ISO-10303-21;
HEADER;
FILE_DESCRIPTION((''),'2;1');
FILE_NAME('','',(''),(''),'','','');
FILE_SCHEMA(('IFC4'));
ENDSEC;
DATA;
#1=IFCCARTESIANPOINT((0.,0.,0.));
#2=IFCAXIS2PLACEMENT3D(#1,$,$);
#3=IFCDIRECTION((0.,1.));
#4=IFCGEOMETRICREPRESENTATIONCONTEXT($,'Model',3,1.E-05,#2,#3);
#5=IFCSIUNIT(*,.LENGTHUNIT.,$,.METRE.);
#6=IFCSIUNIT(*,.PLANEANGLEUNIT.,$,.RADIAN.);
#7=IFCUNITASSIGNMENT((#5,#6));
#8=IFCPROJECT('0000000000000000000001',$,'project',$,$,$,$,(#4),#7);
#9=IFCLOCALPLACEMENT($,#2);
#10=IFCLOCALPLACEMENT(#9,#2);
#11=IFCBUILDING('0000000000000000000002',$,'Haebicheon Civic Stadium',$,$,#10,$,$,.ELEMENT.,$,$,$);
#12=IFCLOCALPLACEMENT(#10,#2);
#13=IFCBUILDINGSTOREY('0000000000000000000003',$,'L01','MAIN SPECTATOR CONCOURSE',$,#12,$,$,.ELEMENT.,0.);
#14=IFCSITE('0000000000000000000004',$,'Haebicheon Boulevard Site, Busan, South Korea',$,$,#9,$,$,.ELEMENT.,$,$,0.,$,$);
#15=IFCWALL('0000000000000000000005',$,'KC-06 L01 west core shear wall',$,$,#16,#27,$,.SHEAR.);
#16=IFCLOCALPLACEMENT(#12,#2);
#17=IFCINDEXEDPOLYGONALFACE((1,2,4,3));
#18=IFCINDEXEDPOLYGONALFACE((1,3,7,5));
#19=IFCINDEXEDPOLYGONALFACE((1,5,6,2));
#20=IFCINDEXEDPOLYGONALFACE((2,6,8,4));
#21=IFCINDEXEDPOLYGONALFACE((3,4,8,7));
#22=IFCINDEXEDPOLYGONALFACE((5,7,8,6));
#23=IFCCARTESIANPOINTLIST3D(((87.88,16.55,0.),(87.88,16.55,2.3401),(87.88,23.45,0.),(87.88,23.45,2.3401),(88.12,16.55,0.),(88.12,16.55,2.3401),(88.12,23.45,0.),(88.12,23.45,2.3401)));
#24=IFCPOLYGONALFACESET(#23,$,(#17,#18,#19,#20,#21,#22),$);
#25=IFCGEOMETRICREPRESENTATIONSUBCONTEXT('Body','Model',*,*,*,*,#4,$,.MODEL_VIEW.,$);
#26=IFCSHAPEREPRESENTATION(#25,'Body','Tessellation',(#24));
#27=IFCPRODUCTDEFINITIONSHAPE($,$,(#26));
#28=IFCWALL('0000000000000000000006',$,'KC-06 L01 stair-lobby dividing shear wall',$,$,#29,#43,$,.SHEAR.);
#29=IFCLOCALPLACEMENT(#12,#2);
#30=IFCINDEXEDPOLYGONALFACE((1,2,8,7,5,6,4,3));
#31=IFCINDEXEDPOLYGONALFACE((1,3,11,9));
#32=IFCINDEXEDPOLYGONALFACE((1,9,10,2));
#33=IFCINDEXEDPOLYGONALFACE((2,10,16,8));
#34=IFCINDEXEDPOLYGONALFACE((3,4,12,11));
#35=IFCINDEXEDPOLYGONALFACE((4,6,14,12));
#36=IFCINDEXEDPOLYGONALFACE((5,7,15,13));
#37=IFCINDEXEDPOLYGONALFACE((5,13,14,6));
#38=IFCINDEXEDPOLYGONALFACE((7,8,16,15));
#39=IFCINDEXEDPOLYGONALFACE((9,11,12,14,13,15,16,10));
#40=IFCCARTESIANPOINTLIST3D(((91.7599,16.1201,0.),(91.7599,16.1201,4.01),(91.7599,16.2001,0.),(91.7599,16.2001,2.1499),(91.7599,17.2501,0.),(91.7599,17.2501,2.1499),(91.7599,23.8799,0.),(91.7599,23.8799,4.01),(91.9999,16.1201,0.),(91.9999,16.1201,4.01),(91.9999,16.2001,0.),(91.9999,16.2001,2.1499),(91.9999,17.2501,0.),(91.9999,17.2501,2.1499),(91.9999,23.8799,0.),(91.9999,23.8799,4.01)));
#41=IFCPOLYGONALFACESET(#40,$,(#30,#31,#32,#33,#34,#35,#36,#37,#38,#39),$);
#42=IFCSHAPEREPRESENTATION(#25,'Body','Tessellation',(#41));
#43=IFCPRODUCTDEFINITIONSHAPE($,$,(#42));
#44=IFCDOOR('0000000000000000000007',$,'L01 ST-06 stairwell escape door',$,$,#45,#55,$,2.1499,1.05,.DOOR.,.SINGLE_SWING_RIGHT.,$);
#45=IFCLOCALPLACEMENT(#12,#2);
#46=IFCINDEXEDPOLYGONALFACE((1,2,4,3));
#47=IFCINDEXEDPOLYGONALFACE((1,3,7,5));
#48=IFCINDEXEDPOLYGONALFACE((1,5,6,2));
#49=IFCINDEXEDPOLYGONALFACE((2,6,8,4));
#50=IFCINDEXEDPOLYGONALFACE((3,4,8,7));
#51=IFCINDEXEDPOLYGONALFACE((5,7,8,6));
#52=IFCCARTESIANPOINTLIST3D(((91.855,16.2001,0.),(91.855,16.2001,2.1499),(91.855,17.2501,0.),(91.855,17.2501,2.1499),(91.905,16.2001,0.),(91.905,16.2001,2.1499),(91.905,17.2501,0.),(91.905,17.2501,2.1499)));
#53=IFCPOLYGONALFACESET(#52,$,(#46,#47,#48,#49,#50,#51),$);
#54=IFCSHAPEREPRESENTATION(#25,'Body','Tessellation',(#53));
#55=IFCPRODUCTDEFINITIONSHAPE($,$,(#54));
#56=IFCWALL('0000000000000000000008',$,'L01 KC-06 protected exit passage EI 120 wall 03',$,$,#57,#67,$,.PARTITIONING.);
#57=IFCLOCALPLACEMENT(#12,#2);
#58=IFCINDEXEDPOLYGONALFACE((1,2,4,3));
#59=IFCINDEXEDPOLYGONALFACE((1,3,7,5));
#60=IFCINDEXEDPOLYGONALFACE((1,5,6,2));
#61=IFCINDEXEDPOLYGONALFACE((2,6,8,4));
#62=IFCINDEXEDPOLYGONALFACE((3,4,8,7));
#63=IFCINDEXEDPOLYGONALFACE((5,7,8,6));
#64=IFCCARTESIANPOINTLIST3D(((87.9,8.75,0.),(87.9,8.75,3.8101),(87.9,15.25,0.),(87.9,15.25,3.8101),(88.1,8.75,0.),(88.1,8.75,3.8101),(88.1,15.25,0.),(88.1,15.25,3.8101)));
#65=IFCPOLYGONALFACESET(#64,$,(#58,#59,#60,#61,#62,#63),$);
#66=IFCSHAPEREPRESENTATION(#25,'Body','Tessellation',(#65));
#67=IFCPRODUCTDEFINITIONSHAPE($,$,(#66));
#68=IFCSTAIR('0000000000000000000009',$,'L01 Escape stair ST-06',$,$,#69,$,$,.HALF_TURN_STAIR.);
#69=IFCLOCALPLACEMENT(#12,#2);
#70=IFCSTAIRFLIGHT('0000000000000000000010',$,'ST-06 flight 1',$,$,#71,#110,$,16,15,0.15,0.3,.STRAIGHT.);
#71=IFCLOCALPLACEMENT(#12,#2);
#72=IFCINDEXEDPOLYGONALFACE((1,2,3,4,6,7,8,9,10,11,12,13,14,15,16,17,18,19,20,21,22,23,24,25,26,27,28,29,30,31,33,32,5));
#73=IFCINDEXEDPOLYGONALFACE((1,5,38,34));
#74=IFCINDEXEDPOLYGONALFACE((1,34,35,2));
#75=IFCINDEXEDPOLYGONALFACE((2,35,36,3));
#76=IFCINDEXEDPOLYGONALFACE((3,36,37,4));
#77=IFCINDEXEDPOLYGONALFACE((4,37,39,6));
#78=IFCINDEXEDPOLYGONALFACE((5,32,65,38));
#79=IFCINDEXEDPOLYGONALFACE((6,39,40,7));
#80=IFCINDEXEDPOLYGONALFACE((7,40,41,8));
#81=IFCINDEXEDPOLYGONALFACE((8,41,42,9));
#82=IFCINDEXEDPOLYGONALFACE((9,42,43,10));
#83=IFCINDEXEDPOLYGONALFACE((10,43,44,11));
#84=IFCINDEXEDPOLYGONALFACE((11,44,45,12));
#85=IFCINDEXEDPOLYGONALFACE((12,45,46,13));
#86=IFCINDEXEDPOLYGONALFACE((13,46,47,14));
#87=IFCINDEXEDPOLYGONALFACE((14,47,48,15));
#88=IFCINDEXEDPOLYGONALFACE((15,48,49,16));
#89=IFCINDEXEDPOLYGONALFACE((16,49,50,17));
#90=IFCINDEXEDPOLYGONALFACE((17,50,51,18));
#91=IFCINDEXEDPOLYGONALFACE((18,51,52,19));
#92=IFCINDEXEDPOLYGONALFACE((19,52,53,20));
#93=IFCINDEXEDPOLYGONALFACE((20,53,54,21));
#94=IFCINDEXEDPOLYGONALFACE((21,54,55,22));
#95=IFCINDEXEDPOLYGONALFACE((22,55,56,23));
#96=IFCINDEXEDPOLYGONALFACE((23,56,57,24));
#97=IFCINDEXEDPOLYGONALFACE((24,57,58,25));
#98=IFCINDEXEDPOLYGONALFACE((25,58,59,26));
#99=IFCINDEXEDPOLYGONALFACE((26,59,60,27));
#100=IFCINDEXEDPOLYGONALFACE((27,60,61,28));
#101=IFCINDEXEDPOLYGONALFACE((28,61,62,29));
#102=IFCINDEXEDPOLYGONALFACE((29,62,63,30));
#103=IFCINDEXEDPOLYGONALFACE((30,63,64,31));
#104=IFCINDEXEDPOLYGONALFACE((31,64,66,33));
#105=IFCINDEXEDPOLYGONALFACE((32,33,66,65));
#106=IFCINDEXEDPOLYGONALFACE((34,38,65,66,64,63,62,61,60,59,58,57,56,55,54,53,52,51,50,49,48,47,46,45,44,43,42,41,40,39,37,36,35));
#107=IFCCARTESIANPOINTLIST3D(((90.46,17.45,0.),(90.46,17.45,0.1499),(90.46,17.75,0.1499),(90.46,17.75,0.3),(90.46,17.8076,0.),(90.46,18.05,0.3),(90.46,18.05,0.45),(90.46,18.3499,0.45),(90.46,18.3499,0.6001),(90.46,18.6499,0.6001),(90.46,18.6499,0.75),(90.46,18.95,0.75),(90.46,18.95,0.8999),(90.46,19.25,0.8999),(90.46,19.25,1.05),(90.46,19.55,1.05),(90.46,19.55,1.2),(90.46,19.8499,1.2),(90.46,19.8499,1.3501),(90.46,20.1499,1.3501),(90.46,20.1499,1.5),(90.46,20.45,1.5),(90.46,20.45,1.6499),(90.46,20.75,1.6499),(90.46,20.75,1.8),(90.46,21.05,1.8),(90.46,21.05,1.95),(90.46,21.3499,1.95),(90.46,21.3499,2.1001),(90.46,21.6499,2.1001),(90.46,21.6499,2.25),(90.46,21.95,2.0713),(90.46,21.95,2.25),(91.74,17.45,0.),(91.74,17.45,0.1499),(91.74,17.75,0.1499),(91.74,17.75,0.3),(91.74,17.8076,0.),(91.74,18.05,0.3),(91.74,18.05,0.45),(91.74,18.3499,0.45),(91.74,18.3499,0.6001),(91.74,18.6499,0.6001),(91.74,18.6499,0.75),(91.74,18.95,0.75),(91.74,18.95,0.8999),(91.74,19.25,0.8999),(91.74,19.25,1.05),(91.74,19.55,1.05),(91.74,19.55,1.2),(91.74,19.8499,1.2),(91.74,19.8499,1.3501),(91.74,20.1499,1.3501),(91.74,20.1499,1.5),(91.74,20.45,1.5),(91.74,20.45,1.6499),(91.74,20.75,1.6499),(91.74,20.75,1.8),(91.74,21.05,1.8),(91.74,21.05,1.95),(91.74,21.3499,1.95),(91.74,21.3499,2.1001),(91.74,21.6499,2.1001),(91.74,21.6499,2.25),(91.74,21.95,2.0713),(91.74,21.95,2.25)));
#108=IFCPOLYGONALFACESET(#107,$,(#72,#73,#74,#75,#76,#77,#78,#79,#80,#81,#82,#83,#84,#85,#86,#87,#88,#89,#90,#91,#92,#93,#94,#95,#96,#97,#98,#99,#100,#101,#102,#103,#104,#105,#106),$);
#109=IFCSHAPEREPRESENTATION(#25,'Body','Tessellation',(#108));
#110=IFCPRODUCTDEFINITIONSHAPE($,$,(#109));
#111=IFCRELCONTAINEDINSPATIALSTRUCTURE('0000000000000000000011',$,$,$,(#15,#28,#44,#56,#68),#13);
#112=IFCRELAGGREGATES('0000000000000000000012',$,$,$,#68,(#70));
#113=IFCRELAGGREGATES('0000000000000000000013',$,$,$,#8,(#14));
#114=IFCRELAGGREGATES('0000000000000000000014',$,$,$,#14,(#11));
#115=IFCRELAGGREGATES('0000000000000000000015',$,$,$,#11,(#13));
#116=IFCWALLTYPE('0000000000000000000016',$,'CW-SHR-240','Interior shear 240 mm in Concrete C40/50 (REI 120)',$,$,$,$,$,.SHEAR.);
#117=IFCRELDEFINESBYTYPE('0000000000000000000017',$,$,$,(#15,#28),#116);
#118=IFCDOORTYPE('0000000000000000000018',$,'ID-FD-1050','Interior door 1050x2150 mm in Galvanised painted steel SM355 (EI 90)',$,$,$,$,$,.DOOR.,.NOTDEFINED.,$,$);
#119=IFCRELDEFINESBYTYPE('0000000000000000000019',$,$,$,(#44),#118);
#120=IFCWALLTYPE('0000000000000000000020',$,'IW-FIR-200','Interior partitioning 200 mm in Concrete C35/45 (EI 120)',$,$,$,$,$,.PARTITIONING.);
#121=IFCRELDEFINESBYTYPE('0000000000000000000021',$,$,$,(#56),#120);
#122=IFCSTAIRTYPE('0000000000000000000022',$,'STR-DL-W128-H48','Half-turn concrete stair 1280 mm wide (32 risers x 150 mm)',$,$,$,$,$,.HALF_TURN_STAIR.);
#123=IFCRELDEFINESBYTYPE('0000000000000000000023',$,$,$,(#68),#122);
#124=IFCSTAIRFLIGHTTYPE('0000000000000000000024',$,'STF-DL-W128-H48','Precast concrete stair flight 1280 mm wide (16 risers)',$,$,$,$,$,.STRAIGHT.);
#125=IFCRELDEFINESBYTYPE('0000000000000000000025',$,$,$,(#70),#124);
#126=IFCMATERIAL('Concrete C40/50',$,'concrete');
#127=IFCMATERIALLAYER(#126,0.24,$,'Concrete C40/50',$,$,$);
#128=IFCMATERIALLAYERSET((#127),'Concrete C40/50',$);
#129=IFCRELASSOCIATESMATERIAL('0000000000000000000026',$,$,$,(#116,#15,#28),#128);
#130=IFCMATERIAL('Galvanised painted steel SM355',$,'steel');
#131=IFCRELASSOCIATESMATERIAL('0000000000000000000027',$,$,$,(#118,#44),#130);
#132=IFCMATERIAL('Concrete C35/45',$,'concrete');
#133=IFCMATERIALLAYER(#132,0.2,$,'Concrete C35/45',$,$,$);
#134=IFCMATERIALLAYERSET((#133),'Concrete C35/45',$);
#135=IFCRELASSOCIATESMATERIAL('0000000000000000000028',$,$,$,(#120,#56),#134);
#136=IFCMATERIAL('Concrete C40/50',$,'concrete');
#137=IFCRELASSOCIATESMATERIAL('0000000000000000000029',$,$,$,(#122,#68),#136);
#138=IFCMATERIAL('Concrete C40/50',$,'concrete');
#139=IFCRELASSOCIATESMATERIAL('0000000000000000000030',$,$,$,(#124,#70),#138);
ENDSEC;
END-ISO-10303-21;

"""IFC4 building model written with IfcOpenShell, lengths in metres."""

from ifc_helpers import new_model, si_unit, direction, frame, frame_2d, origin, place, context, subcontext, project, spatial, polyline, rectangle, outline, extrude, material, layer, layer_set, type_object, element, fill, aggregate, save


model = new_model("IFC4")

# Units and contexts
model_context = context("Model", 3, precision=1e-05, world=origin(), true_north=direction((0.0, 1.0)))
body_context = subcontext(model_context, "Body", "Model", "MODEL_VIEW")
ifc_project = project(units=[si_unit("LENGTHUNIT", "METRE"), si_unit("PLANEANGLEUNIT", "RADIAN")], contexts=[model_context])

# Site, building, storey
site_placement = place(None, origin())
site = spatial("IfcSite", under=ifc_project, at=site_placement, Name="Haebicheon Boulevard Site, Busan, South Korea", CompositionType="ELEMENT", RefElevation=0.0)
building_placement = place(site_placement, origin())
building = spatial("IfcBuilding", under=site, at=building_placement, Name="Haebicheon Civic Stadium", CompositionType="ELEMENT")
storey_placement = place(building_placement, origin())
storey = spatial("IfcBuildingStorey", under=building, at=storey_placement, Name="L01", Description="MAIN SPECTATOR CONCOURSE", CompositionType="ELEMENT", Elevation=0.0)

# Shared definitions
ifc_material_1 = material(Name="Concrete C40/50", Category="concrete")
ifc_layer_1 = layer(ifc_material_1, 0.24, Name="Concrete C40/50")
ifc_layer_set_1 = layer_set([ifc_layer_1], Name="Concrete C40/50")
wall_type_1 = type_object("IfcWallType", Name="CW-SHR-240", Description="Interior shear 240 mm in Concrete C40/50 (REI 120)", PredefinedType="SHEAR", material=ifc_layer_set_1)

# Wall
wall_1_placement = place(storey_placement, frame((88.0, 16.55, 0.0), z_axis=(0.0, 0.0, 1.0), x_axis=(0.0, 1.0, 0.0)))
element("IfcWall", 1, at=wall_1_placement, inside=storey, type_object=wall_type_1, material=ifc_layer_set_1, Name="KC-06 L01 west core shear wall", PredefinedType="SHEAR", context=body_context, shape_type="SweptSolid", body=[
    extrude(rectangle(XDim=6.8999, YDim=0.24, at=frame_2d((3.45, 0.0))), origin(), (0.0, 0.0, 1.0), 2.3401),
])

# Wall, opening, door
wall_2_placement = place(storey_placement, frame((91.8799, 16.1201, 0.0), z_axis=(0.0, 0.0, 1.0), x_axis=(0.0, 1.0, 0.0)))
wall_2 = element("IfcWall", 2, at=wall_2_placement, inside=storey, type_object=wall_type_1, material=ifc_layer_set_1, Name="KC-06 L01 stair-lobby dividing shear wall", PredefinedType="SHEAR", context=body_context, shape_type="SweptSolid", body=[
    extrude(rectangle(XDim=7.7598, YDim=0.24, at=frame_2d((3.8799, 0.0))), origin(), (0.0, 0.0, 1.0), 4.01),
])
opening_1_placement = place(wall_2_placement, frame((0.0801, 0.0, 0.0)))
opening_1 = element("IfcOpeningElement", 3, at=opening_1_placement, cuts=wall_2, PredefinedType="OPENING", context=body_context, shape_type="SweptSolid", body=[
    extrude(rectangle(XDim=1.05, YDim=2.1499, at=frame_2d((0.5249, 1.075))), frame((0.0, 0.1299, 0.0), z_axis=(0.0, -1.0, 0.0), x_axis=(1.0, 0.0, 0.0)), (0.0, 0.0, 1.0), 0.26),
])
ifc_material_2 = material(Name="Galvanised painted steel SM355", Category="steel")
door_type_1 = type_object("IfcDoorType", Name="ID-FD-1050", Description="Interior door 1050x2150 mm in Galvanised painted steel SM355 (EI 90)", OperationType="NOTDEFINED", PredefinedType="DOOR", material=ifc_material_2)
door_1_placement = place(opening_1_placement, origin())
door_1 = element("IfcDoor", 4, at=door_1_placement, inside=storey, type_object=door_type_1, material=ifc_material_2, Name="L01 ST-06 stairwell escape door", OperationType="SINGLE_SWING_RIGHT", OverallHeight=2.1499, OverallWidth=1.05, PredefinedType="DOOR", context=body_context, shape_type="SweptSolid", body=[
    extrude(rectangle(XDim=1.05, YDim=2.1499, at=frame_2d((0.5249, 1.075))), frame((0.0, 0.0249, 0.0), z_axis=(0.0, -1.0, 0.0), x_axis=(1.0, 0.0, 0.0)), (0.0, 0.0, 1.0), 0.05),
])
fill(opening_1, door_1)

# Wall
ifc_material_3 = material(Name="Concrete C35/45", Category="concrete")
ifc_layer_2 = layer(ifc_material_3, 0.2, Name="Concrete C35/45")
ifc_layer_set_2 = layer_set([ifc_layer_2], Name="Concrete C35/45")
wall_type_2 = type_object("IfcWallType", Name="IW-FIR-200", Description="Interior partitioning 200 mm in Concrete C35/45 (EI 120)", PredefinedType="PARTITIONING", material=ifc_layer_set_2)
wall_3_placement = place(storey_placement, frame((88.0, 8.75, 0.0), z_axis=(0.0, 0.0, 1.0), x_axis=(0.0, 1.0, 0.0)))
element("IfcWall", 5, at=wall_3_placement, inside=storey, type_object=wall_type_2, material=ifc_layer_set_2, Name="L01 KC-06 protected exit passage EI 120 wall 03", PredefinedType="PARTITIONING", context=body_context, shape_type="SweptSolid", body=[
    extrude(rectangle(XDim=6.5, YDim=0.2, at=frame_2d((3.25, 0.0))), origin(), (0.0, 0.0, 1.0), 3.8101),
])

# Stair, stair flight
ifc_material_4 = material(Name="Concrete C40/50", Category="concrete")
stair_type = type_object("IfcStairType", Name="STR-DL-W128-H48", Description="Half-turn concrete stair 1280 mm wide (32 risers x 150 mm)", PredefinedType="HALF_TURN_STAIR", material=ifc_material_4)
stair_placement = place(storey_placement, origin())
stair = element("IfcStair", 6, at=stair_placement, inside=storey, type_object=stair_type, material=ifc_material_4, Name="L01 Escape stair ST-06", PredefinedType="HALF_TURN_STAIR")
ifc_material_5 = material(Name="Concrete C40/50", Category="concrete")
stair_flight_type = type_object("IfcStairFlightType", Name="STF-DL-W128-H48", Description="Precast concrete stair flight 1280 mm wide (16 risers)", PredefinedType="STRAIGHT", material=ifc_material_5)
stair_flight_placement = place(storey_placement, frame((91.1001, 17.45, 0.0), z_axis=(0.0, 0.0, 1.0), x_axis=(0.0, 1.0, 0.0)))
stair_flight = element("IfcStairFlight", 7, at=stair_flight_placement, type_object=stair_flight_type, material=ifc_material_5, Name="ST-06 flight 1", NumberOfRisers=16, NumberOfTreads=15, PredefinedType="STRAIGHT", RiserHeight=0.15, TreadLength=0.3, context=body_context, shape_type="SweptSolid", body=[
    extrude(outline(polyline([(0.0, 0.0), (0.0, 0.1499), (0.3, 0.1499), (0.3, 0.3), (0.6001, 0.3), (0.6001, 0.45), (0.8999, 0.45), (0.8999, 0.6001), (1.2, 0.6001), (1.2, 0.75), (1.5, 0.75), (1.5, 0.8999), (1.8, 0.8999), (1.8, 1.05), (2.1001, 1.05), (2.1001, 1.2), (2.3999, 1.2), (2.3999, 1.3501), (2.7, 1.3501), (2.7, 1.5), (3.0, 1.5), (3.0, 1.6499), (3.3, 1.6499), (3.3, 1.8), (3.6001, 1.8), (3.6001, 1.95), (3.8999, 1.95), (3.8999, 2.1001), (4.2, 2.1001), (4.2, 2.25), (4.5, 2.25), (4.5, 2.3999), (4.5, 2.0713), (0.3577, 0.0), (0.0, 0.0)])), frame((0.0, 0.6401, 0.0), z_axis=(0.0, -1.0, 0.0), x_axis=(1.0, 0.0, 0.0)), (0.0, 0.0, 1.0), 1.28),
])
aggregate(stair, [stair_flight])

save(model, "model.ifc")
